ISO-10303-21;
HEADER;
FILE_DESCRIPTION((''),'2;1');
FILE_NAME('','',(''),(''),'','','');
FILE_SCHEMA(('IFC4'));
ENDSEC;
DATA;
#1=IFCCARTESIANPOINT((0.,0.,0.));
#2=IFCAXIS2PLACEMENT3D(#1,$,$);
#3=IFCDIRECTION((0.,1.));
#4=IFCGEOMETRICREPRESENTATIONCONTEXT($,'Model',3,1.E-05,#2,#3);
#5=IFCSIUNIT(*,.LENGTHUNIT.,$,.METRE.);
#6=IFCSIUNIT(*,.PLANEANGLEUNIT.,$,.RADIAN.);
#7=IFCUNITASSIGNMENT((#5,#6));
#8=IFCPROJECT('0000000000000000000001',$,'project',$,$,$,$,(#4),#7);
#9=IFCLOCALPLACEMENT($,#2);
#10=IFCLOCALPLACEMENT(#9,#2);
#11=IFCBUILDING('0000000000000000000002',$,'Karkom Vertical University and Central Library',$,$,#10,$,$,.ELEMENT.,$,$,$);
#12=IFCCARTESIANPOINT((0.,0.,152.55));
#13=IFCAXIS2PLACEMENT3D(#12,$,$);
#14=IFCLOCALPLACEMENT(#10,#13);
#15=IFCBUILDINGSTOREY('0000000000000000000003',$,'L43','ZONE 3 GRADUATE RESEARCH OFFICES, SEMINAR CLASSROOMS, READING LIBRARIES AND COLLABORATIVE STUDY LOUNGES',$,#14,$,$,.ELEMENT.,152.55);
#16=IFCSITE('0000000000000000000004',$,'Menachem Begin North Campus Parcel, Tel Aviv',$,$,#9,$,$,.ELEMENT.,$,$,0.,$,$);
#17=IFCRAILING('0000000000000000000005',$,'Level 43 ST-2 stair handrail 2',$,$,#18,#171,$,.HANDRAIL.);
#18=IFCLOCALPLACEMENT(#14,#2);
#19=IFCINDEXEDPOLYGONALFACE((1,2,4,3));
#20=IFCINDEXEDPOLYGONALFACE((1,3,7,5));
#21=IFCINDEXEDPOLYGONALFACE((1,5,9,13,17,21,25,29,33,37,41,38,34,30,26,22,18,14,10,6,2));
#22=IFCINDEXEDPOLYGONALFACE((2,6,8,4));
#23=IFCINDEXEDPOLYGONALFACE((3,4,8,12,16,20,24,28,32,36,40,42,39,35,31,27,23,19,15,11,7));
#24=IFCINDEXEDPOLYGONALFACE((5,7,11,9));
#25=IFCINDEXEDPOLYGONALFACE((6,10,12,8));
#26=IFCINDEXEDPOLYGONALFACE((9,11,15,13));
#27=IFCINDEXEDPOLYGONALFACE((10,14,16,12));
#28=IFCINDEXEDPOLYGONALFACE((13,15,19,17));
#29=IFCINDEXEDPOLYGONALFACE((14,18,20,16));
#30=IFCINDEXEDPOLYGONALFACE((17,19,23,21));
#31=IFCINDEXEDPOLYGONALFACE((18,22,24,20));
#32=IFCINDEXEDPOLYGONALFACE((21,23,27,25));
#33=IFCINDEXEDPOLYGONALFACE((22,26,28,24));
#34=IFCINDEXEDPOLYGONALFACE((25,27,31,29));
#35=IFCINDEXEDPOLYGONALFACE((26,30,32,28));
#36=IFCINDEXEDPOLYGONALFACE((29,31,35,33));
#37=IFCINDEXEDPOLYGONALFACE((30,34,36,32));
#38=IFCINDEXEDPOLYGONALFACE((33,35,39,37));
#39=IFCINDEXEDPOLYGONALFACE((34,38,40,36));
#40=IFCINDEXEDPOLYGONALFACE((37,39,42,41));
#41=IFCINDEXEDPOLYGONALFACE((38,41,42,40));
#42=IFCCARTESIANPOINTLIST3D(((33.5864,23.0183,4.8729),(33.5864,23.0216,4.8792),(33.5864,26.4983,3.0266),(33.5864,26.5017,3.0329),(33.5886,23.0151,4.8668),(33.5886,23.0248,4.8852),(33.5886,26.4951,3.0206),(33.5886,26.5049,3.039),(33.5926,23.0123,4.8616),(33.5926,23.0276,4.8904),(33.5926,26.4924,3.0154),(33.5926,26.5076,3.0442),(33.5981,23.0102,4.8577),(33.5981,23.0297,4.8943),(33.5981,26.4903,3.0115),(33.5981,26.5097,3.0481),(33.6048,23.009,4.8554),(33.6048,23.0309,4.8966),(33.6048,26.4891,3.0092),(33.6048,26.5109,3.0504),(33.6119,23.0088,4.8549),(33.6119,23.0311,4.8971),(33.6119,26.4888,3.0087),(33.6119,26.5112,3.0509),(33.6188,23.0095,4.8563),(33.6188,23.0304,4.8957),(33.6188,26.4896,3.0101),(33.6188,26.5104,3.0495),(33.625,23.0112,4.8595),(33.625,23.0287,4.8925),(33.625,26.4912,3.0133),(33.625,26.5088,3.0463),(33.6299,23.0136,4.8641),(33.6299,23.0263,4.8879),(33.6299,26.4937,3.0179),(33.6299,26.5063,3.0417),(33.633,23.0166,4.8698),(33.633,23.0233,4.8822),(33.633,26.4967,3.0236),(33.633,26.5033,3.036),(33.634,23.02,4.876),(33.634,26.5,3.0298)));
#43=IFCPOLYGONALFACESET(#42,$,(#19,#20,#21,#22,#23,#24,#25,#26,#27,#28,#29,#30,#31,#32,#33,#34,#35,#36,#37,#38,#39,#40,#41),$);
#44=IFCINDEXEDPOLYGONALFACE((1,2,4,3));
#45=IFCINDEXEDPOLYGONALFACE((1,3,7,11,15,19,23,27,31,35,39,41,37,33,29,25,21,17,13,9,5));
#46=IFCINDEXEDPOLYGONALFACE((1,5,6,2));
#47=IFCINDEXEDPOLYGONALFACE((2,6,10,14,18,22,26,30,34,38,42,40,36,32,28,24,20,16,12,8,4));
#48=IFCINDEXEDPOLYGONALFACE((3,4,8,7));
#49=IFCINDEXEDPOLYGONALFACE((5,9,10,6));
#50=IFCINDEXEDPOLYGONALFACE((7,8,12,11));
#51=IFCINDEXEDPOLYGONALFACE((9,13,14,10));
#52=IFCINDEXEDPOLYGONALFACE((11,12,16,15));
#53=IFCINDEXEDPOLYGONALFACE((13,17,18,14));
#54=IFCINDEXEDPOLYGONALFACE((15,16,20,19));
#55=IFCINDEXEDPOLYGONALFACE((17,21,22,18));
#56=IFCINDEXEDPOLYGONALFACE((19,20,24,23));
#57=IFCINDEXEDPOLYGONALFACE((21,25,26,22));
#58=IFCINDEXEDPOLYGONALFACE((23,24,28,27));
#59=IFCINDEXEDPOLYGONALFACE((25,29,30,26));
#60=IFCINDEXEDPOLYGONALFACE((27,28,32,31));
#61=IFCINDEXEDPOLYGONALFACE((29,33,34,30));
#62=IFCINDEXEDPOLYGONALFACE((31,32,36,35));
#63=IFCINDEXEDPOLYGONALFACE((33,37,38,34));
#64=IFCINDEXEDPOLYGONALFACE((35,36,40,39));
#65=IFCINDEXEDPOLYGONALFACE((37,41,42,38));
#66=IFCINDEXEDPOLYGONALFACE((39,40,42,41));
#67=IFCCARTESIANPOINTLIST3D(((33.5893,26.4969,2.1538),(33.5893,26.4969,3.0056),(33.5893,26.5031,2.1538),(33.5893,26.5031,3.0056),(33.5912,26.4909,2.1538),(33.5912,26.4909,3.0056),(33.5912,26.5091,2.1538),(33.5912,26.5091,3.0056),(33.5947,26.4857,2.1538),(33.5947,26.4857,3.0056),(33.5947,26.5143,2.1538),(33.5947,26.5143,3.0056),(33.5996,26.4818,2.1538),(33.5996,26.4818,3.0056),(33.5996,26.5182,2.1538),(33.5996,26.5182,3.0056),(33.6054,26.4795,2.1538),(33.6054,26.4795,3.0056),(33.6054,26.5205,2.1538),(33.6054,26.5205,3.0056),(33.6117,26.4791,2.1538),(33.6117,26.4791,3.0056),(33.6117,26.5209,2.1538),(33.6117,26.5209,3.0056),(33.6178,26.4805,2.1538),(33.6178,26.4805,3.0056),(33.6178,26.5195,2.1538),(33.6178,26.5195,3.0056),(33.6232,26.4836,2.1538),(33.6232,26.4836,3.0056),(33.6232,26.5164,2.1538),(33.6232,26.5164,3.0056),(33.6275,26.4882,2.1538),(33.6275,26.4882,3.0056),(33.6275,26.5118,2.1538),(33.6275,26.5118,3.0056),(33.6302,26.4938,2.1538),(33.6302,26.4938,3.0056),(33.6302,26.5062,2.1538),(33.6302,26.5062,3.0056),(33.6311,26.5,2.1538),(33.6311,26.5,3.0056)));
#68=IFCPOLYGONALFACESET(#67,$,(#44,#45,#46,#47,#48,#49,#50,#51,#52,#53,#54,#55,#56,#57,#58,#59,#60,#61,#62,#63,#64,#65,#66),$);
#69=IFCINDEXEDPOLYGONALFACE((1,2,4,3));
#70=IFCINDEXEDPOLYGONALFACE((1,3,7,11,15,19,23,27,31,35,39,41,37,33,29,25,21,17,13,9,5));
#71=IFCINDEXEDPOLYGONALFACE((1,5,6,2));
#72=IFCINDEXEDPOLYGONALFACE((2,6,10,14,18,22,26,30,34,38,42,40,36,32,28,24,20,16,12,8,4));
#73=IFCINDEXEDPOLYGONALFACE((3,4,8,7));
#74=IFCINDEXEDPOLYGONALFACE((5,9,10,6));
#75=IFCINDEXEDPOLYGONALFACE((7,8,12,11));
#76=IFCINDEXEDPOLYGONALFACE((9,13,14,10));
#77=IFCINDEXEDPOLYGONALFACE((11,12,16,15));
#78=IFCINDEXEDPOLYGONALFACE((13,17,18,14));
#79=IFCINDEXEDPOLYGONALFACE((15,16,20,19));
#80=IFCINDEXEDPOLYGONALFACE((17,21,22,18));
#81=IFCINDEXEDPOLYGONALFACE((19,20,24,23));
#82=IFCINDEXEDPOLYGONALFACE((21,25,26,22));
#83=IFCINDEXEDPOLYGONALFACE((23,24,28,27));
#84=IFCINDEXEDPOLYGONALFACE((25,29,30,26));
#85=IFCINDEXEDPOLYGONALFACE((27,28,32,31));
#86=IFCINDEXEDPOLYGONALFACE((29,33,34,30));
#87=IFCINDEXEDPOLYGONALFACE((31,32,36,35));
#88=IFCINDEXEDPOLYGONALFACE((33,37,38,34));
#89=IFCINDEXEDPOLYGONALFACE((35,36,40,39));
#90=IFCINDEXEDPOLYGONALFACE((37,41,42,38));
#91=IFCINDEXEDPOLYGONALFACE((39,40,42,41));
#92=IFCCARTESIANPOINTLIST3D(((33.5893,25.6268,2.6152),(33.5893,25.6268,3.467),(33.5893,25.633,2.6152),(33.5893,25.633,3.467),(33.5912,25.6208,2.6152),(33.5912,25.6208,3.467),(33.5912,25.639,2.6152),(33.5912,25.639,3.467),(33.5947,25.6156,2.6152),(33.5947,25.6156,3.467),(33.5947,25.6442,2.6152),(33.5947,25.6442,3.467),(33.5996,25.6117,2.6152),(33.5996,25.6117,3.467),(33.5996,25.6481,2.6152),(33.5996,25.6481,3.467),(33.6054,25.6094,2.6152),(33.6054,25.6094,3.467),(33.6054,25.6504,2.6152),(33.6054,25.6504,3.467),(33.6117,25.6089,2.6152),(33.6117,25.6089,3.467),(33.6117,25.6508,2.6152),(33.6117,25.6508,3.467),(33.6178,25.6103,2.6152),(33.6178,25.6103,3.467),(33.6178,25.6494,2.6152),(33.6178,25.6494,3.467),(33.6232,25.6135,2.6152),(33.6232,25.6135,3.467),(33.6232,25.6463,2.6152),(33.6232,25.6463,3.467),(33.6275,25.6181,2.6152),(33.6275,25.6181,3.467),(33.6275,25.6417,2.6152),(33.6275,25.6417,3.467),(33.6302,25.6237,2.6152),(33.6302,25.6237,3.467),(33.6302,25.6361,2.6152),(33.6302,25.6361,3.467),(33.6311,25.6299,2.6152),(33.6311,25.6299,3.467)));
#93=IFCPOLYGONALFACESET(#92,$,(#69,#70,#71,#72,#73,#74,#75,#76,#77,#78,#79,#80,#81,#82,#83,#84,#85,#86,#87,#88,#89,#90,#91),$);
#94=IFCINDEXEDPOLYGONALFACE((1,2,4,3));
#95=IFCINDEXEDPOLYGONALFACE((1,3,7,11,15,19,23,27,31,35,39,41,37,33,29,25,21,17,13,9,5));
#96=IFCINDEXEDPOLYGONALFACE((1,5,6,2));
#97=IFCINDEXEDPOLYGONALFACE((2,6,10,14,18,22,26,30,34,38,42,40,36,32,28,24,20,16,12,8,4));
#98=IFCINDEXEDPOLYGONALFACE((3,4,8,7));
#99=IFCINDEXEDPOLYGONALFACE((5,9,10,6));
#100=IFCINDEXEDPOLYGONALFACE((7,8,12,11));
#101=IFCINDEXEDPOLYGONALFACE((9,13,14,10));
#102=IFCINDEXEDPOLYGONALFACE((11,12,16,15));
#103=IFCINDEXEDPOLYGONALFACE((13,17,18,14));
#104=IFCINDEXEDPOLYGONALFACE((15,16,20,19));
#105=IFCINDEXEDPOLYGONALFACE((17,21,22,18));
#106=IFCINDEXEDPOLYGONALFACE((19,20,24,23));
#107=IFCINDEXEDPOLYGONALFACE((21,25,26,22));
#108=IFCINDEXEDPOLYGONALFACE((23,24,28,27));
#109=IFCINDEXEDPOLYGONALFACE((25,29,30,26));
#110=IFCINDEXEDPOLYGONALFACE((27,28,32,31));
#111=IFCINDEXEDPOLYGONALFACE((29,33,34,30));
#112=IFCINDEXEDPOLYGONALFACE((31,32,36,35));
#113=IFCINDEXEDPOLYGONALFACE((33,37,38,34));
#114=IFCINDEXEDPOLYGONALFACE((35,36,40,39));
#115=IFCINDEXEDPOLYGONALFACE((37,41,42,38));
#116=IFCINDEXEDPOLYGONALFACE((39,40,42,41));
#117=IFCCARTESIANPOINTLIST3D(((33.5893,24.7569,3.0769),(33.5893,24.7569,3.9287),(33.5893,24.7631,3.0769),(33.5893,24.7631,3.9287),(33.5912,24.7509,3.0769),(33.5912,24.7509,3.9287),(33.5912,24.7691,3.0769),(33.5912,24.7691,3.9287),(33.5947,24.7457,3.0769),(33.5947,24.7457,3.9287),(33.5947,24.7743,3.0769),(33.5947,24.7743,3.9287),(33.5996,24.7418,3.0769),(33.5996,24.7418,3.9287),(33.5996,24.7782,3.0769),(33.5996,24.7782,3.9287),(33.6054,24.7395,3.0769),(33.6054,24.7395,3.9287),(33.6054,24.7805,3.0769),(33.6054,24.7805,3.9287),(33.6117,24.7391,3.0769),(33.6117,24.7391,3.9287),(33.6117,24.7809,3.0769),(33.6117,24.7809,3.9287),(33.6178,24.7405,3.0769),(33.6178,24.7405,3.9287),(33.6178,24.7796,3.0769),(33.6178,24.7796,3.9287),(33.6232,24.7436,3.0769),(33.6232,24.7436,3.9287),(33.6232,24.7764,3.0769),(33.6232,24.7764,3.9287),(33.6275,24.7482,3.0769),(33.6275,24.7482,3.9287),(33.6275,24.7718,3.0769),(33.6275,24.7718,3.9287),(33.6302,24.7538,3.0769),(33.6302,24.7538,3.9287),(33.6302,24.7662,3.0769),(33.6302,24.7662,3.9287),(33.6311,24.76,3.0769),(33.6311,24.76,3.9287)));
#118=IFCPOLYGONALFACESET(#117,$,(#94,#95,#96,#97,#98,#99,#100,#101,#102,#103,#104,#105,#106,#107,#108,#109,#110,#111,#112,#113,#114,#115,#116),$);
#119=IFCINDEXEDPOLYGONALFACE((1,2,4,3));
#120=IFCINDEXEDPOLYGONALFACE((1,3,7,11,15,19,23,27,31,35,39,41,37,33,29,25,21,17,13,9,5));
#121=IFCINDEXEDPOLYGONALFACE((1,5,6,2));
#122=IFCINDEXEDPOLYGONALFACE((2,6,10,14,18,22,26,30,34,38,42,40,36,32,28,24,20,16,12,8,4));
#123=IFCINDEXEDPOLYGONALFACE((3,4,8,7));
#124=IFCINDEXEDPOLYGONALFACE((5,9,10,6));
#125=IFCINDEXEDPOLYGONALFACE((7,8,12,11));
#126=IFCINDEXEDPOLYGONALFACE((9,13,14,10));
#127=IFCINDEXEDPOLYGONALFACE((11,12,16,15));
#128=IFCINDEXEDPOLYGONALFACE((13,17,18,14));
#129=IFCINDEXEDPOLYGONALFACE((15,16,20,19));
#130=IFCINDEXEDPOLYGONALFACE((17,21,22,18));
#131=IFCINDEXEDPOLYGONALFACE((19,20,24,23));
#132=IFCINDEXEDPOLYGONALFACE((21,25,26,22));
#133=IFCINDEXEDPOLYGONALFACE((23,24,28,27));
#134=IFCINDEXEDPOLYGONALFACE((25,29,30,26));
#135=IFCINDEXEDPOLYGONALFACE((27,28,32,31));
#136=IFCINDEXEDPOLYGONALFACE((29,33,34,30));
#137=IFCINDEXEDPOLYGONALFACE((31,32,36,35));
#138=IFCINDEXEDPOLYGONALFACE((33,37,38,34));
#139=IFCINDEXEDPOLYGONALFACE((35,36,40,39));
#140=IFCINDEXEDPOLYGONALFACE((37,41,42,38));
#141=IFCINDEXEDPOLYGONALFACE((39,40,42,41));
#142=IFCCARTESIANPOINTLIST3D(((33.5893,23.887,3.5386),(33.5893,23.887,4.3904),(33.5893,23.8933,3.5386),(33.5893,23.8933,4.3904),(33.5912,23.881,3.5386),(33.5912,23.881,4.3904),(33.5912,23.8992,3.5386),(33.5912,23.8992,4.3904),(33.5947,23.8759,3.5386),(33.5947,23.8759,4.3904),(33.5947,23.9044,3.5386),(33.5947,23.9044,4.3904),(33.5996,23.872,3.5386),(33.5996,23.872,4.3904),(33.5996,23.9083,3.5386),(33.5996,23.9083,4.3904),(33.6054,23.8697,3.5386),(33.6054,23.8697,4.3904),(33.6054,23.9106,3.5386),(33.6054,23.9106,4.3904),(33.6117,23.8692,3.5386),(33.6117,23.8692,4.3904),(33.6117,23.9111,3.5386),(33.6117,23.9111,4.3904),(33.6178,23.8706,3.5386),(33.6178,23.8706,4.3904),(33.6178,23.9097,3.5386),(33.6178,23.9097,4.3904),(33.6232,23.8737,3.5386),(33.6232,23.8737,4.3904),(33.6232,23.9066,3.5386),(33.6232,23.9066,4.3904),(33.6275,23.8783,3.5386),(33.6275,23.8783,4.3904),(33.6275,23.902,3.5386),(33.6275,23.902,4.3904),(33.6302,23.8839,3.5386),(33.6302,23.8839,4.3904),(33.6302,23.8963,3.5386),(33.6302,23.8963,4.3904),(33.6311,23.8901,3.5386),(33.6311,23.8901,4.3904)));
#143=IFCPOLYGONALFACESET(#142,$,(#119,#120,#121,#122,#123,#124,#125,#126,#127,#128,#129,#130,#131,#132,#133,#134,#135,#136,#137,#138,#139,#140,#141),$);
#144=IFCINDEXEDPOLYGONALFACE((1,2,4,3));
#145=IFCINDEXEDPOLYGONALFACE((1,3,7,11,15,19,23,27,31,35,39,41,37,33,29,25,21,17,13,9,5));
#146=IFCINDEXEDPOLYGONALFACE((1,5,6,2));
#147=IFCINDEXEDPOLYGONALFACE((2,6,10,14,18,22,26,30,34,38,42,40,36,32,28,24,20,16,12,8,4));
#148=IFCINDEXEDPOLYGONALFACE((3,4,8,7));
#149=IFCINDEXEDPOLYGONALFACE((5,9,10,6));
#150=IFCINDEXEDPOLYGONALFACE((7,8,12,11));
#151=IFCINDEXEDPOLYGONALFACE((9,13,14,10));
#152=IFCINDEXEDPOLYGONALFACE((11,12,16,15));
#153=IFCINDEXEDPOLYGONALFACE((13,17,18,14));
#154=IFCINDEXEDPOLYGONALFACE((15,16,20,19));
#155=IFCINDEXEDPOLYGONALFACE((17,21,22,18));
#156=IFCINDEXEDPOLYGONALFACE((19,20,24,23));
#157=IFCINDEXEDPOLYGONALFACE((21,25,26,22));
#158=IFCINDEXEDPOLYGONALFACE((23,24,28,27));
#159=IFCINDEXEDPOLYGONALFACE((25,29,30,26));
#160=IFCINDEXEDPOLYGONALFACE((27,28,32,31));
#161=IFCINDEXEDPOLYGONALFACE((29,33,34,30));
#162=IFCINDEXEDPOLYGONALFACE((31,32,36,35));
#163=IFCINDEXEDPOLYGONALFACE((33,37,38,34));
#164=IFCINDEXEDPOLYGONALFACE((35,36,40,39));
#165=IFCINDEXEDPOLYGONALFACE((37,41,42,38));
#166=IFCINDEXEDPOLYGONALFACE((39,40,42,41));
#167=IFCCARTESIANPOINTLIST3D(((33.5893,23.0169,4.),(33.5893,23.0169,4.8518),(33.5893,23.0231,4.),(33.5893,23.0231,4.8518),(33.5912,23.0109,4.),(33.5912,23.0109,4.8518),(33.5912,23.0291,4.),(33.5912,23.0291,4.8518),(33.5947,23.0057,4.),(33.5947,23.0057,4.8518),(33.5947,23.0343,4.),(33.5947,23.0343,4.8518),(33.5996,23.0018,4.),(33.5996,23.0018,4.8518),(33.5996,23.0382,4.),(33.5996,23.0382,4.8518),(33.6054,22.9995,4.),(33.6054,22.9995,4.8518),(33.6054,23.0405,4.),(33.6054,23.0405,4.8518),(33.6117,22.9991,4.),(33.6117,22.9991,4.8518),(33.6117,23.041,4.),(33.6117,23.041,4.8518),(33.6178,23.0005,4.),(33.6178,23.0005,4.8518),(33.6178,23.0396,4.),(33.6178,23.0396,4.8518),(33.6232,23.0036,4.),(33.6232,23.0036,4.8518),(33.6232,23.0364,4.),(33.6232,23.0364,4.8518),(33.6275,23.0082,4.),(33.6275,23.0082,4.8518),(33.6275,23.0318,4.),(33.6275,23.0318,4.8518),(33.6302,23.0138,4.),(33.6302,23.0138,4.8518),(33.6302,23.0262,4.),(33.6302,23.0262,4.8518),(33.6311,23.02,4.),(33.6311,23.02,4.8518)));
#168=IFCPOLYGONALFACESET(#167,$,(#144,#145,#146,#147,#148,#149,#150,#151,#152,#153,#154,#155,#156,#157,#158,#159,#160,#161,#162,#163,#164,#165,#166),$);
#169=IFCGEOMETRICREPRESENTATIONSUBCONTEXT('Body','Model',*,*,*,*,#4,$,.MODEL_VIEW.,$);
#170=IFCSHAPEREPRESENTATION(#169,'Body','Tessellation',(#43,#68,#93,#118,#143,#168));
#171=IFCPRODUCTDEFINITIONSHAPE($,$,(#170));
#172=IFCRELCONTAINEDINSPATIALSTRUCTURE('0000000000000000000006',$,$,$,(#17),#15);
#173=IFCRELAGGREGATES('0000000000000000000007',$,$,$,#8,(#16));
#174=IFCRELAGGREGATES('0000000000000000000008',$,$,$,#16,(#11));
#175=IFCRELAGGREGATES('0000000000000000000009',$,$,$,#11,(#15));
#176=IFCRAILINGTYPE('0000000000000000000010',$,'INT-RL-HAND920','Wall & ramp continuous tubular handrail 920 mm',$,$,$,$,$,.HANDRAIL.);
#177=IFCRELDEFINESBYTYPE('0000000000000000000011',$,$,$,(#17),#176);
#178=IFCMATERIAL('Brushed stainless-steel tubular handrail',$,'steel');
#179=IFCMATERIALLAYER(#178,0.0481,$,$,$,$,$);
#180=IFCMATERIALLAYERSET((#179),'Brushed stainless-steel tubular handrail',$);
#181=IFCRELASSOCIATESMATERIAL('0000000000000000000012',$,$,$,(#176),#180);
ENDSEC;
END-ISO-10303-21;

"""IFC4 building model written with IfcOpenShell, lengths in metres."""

from ifc_helpers import new_model, si_unit, direction, frame, origin, origin_2d, place, context, subcontext, project, spatial, circle, extrude, material, layer, layer_set, type_object, element, save


model = new_model("IFC4")

# Units and contexts
model_context = context("Model", 3, precision=1e-05, world=origin(), true_north=direction((0.0, 1.0)))
body_context = subcontext(model_context, "Body", "Model", "MODEL_VIEW")
ifc_project = project(units=[si_unit("LENGTHUNIT", "METRE"), si_unit("PLANEANGLEUNIT", "RADIAN")], contexts=[model_context])

# Site, building, storey
site_placement = place(None, origin())
site = spatial("IfcSite", under=ifc_project, at=site_placement, Name="Menachem Begin North Campus Parcel, Tel Aviv", CompositionType="ELEMENT", RefElevation=0.0)
building_placement = place(site_placement, origin())
building = spatial("IfcBuilding", under=site, at=building_placement, Name="Karkom Vertical University and Central Library", CompositionType="ELEMENT")
storey_placement = place(building_placement, frame((0.0, 0.0, 152.55)))
storey = spatial("IfcBuildingStorey", under=building, at=storey_placement, Name="L43", Description="ZONE 3 GRADUATE RESEARCH OFFICES, SEMINAR CLASSROOMS, READING LIBRARIES AND COLLABORATIVE STUDY LOUNGES", CompositionType="ELEMENT", Elevation=152.55)

# Railing
ifc_material_1 = material(Name="Brushed stainless-steel tubular handrail", Category="steel")
ifc_layer_1 = layer(ifc_material_1, 0.0481)
ifc_layer_set_1 = layer_set([ifc_layer_1], Name="Brushed stainless-steel tubular handrail")
railing_type_1 = type_object("IfcRailingType", Name="INT-RL-HAND920", Description="Wall & ramp continuous tubular handrail 920 mm", PredefinedType="HANDRAIL", material=ifc_layer_set_1)
railing_1_placement = place(storey_placement, frame((33.6101, 26.5, 2.1538)))
element("IfcRailing", 1, at=railing_1_placement, inside=storey, type_object=railing_type_1, Name="Level 43 ST-2 stair handrail 2", PredefinedType="HANDRAIL", context=body_context, shape_type="SweptSolid", body=[
    extrude(circle(Radius=0.0239, at=origin_2d()), frame((0.0, 0.0, 0.876), z_axis=(0.0, -0.883384, 0.468651), x_axis=(1.0, 0.0, 0.0)), (0.0, 0.0, 1.0), 3.9395),
    extrude(circle(Radius=0.021, at=origin_2d()), origin(), (0.0, 0.0, 1.0), 0.8518),
    extrude(circle(Radius=0.021, at=origin_2d()), frame((0.0, -0.8701, 0.4614)), (0.0, 0.0, 1.0), 0.8518),
    extrude(circle(Radius=0.021, at=origin_2d()), frame((0.0, -1.74, 0.9231)), (0.0, 0.0, 1.0), 0.8518),
    extrude(circle(Radius=0.021, at=origin_2d()), frame((0.0, -2.6099, 1.3848)), (0.0, 0.0, 1.0), 0.8518),
    extrude(circle(Radius=0.021, at=origin_2d()), frame((0.0, -3.48, 1.8462)), (0.0, 0.0, 1.0), 0.8518),
])

save(model, "model.ifc")
